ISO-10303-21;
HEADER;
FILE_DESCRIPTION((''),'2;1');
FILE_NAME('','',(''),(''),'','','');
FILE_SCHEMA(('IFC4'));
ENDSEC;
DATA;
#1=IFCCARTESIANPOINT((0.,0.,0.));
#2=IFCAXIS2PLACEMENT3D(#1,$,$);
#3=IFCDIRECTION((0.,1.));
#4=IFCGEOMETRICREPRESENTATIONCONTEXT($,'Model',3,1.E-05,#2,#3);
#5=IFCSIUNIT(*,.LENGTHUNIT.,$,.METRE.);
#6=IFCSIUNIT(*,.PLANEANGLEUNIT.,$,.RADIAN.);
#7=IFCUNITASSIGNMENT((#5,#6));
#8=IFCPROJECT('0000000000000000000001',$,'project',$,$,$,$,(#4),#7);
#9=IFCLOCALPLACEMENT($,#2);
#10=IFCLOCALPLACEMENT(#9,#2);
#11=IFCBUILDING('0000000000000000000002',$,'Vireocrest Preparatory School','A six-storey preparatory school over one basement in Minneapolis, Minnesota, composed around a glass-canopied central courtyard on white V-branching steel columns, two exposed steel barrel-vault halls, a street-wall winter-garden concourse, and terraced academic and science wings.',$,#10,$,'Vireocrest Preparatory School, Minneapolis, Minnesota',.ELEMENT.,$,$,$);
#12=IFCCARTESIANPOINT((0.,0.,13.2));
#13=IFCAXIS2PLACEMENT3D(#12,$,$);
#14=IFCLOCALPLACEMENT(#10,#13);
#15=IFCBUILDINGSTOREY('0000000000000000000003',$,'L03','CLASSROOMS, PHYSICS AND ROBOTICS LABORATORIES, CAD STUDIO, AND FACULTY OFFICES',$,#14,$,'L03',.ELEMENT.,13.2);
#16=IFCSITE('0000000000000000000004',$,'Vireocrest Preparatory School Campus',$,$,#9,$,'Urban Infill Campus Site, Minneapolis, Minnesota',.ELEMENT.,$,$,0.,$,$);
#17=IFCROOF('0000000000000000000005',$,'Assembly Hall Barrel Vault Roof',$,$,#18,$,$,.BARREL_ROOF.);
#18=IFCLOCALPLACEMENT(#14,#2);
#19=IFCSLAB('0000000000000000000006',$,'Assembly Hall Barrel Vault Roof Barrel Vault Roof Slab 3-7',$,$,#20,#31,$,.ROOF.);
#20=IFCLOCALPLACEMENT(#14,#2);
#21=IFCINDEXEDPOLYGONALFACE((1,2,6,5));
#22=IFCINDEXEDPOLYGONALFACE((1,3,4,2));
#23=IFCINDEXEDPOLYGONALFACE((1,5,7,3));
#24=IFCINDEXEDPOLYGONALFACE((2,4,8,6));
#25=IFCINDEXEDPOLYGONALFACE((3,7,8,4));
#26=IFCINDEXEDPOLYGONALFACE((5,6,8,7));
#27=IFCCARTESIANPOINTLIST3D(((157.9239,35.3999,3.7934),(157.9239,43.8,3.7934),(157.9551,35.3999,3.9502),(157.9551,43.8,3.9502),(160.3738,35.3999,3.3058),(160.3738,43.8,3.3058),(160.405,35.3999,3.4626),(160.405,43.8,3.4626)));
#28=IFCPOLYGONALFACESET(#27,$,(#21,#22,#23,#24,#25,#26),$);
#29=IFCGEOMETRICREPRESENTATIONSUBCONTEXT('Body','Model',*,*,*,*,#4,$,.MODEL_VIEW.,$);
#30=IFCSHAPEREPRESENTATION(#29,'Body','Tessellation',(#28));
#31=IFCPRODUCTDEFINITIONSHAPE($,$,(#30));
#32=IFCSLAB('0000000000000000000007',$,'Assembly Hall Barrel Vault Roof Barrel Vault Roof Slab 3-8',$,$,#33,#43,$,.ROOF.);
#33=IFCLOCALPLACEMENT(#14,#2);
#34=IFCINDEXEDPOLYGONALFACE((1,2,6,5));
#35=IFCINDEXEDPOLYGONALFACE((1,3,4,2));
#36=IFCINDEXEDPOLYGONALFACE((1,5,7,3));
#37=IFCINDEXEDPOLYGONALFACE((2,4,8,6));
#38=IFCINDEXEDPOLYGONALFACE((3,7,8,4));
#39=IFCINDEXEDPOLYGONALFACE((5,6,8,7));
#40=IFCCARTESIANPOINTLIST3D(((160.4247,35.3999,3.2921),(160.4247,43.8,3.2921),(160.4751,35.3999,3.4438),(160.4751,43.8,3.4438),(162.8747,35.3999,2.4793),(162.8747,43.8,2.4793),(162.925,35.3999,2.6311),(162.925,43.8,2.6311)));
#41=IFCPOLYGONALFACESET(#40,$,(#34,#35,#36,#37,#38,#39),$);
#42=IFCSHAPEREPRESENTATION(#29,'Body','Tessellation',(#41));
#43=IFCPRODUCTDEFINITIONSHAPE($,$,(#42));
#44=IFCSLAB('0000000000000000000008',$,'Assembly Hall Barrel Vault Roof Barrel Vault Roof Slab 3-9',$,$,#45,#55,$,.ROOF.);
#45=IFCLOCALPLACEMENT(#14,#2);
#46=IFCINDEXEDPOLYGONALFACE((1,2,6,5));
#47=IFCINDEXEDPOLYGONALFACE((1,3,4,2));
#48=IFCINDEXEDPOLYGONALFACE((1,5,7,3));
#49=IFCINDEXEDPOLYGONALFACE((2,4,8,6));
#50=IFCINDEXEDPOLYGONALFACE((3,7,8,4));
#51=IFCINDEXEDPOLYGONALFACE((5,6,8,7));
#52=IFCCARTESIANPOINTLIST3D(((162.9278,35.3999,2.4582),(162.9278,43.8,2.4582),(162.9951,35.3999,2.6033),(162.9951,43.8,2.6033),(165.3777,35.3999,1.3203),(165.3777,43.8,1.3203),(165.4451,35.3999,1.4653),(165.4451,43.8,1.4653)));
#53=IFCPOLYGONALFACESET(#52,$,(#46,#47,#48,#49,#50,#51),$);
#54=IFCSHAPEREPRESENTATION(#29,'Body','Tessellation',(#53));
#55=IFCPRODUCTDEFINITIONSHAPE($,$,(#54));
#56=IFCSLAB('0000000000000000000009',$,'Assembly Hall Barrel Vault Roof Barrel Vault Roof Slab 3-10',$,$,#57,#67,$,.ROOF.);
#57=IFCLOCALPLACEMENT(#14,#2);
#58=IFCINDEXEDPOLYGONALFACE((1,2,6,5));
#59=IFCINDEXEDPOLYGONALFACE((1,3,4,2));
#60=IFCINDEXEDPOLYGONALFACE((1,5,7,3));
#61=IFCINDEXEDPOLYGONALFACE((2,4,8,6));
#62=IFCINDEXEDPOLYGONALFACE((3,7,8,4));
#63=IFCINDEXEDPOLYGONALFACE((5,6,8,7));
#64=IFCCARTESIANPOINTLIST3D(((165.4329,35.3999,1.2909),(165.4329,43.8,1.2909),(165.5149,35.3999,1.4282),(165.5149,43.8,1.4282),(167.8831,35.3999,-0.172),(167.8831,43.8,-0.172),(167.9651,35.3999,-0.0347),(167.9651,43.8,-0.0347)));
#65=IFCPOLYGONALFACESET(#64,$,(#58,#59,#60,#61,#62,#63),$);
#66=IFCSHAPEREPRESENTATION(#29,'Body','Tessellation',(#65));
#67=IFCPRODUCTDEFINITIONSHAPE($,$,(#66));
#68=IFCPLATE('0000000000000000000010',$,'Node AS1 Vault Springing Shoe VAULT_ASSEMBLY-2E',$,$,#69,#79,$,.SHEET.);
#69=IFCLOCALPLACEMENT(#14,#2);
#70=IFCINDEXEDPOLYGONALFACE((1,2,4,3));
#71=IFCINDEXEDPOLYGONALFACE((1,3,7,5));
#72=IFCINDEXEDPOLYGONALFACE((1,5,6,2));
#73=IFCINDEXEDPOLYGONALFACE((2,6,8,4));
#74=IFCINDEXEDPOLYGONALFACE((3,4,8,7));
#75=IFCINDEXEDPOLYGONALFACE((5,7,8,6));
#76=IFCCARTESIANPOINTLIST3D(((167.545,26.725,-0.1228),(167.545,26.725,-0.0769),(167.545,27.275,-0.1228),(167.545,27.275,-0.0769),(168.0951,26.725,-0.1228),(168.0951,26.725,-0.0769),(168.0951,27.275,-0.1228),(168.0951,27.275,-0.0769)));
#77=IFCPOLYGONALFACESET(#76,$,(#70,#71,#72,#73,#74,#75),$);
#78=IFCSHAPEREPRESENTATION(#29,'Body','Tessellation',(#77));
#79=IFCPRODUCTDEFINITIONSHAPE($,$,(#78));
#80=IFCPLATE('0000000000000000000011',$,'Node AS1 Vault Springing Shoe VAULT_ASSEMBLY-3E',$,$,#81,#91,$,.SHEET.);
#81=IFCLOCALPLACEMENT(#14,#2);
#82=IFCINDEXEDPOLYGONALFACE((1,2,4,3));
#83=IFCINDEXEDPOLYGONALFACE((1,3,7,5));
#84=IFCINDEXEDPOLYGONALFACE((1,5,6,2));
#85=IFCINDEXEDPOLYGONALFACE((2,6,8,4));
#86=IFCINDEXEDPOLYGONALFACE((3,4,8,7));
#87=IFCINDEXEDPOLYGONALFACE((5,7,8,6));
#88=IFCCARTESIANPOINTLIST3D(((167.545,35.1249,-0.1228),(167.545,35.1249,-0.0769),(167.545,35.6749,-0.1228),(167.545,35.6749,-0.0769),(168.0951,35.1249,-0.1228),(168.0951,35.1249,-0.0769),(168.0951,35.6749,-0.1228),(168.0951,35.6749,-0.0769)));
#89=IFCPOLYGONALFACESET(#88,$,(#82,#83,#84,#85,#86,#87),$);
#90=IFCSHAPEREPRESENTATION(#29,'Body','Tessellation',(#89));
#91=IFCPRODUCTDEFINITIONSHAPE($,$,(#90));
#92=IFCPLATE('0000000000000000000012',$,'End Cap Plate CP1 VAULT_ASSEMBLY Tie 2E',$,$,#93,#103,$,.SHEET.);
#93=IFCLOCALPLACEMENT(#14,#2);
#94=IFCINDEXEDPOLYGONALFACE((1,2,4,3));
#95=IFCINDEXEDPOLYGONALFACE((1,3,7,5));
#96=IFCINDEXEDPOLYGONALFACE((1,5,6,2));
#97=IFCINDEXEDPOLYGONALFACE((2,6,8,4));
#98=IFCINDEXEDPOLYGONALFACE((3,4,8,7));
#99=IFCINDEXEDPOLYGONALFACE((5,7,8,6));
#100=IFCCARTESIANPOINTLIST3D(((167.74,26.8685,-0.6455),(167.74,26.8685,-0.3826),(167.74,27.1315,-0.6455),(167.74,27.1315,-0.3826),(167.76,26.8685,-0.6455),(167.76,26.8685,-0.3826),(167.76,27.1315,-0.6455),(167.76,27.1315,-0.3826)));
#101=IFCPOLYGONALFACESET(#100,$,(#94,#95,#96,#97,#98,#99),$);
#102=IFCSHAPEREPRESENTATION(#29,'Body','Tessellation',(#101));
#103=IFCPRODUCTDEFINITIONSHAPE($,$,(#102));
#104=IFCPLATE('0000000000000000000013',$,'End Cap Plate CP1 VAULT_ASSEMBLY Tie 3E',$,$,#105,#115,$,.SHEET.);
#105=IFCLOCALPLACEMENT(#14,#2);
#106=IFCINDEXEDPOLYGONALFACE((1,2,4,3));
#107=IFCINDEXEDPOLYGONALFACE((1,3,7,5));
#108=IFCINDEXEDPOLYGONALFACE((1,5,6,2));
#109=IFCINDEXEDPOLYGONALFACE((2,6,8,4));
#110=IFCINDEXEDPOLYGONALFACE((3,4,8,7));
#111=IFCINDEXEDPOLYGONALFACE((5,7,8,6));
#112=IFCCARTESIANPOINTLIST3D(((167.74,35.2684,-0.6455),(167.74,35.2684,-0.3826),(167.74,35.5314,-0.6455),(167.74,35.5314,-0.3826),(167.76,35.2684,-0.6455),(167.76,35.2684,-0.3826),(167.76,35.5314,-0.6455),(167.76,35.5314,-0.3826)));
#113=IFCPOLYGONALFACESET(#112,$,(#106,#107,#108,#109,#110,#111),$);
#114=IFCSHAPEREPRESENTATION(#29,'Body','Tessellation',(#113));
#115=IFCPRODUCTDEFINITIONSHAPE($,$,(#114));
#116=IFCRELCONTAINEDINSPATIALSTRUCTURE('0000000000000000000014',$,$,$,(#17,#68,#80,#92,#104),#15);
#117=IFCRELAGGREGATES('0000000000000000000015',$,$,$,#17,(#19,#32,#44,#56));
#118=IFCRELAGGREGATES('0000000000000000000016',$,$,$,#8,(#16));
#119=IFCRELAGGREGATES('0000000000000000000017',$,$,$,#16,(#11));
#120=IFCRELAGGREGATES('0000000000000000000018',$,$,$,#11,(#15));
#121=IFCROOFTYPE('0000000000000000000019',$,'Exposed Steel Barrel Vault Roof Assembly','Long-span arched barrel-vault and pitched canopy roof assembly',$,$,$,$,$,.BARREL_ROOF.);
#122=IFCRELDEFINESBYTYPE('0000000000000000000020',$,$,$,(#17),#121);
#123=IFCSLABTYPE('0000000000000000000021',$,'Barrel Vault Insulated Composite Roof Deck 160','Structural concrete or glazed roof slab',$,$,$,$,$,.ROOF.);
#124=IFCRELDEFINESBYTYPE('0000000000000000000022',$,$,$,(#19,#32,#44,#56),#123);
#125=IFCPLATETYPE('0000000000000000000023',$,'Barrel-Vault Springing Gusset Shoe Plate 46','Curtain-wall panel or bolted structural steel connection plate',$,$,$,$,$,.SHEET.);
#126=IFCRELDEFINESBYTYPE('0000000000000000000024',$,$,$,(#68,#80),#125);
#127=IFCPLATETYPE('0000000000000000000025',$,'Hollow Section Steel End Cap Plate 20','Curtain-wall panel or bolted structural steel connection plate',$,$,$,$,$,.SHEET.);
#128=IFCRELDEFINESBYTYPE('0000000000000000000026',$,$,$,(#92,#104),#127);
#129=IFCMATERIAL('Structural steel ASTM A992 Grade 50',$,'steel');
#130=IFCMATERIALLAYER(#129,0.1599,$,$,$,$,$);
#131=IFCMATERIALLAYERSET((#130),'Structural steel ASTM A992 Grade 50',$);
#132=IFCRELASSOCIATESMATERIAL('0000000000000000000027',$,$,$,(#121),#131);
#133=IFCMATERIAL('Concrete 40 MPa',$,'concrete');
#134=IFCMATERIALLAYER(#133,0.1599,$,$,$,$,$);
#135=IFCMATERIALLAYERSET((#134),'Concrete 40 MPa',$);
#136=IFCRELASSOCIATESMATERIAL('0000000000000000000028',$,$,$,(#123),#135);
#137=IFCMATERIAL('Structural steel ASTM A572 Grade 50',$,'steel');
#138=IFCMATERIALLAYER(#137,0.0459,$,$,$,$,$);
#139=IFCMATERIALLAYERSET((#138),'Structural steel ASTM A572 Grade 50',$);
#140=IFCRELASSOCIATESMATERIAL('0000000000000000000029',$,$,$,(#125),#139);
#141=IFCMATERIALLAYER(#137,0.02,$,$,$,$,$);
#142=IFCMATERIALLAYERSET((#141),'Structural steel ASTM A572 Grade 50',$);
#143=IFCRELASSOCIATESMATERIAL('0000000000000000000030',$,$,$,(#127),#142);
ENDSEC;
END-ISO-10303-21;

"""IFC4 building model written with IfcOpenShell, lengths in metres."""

from ifc_helpers import new_model, si_unit, direction, frame, origin, origin_2d, place, context, subcontext, project, spatial, polyline, rectangle, outline, extrude, material, layer, layer_set, type_object, element, aggregate, save


model = new_model("IFC4")

# Units and contexts
model_context = context("Model", 3, precision=1e-05, world=origin(), true_north=direction((0.0, 1.0)))
body_context = subcontext(model_context, "Body", "Model", "MODEL_VIEW")
ifc_project = project(units=[si_unit("LENGTHUNIT", "METRE"), si_unit("PLANEANGLEUNIT", "RADIAN")], contexts=[model_context])

# Site, building, storey
site_placement = place(None, origin())
site = spatial("IfcSite", under=ifc_project, at=site_placement, Name="Vireocrest Preparatory School Campus", LongName="Urban Infill Campus Site, Minneapolis, Minnesota", CompositionType="ELEMENT", RefElevation=0.0)
building_placement = place(site_placement, origin())
building = spatial("IfcBuilding", under=site, at=building_placement, Name="Vireocrest Preparatory School", Description="A six-storey preparatory school over one basement in Minneapolis, Minnesota, composed around a glass-canopied central courtyard on white V-branching steel columns, two exposed steel barrel-vault halls, a street-wall winter-garden concourse, and terraced academic and science wings.", LongName="Vireocrest Preparatory School, Minneapolis, Minnesota", CompositionType="ELEMENT")
storey_placement = place(building_placement, frame((0.0, 0.0, 13.2)))
storey = spatial("IfcBuildingStorey", under=building, at=storey_placement, Name="L03", Description="CLASSROOMS, PHYSICS AND ROBOTICS LABORATORIES, CAD STUDIO, AND FACULTY OFFICES", LongName="L03", CompositionType="ELEMENT", Elevation=13.2)

# Shared definitions
ifc_material_1 = material(Name="Structural steel ASTM A992 Grade 50", Category="steel")

# Shared definitions
ifc_material_2 = material(Name="Structural steel ASTM A572 Grade 50", Category="steel")

# Roof, slabs
ifc_layer_1 = layer(ifc_material_1, 0.1599)
ifc_layer_set_1 = layer_set([ifc_layer_1], Name="Structural steel ASTM A992 Grade 50")
roof_type = type_object("IfcRoofType", Name="Exposed Steel Barrel Vault Roof Assembly", Description="Long-span arched barrel-vault and pitched canopy roof assembly", PredefinedType="BARREL_ROOF", material=ifc_layer_set_1)
roof_placement = place(storey_placement, origin())
roof = element("IfcRoof", 1, at=roof_placement, inside=storey, type_object=roof_type, Name="Assembly Hall Barrel Vault Roof", PredefinedType="BARREL_ROOF")
ifc_material_3 = material(Name="Concrete 40 MPa", Category="concrete")
ifc_layer_2 = layer(ifc_material_3, 0.1599)
ifc_layer_set_2 = layer_set([ifc_layer_2], Name="Concrete 40 MPa")
slab_type = type_object("IfcSlabType", Name="Barrel Vault Insulated Composite Roof Deck 160", Description="Structural concrete or glazed roof slab", PredefinedType="ROOF", material=ifc_layer_set_2)
slab_1_placement = place(storey_placement, frame((157.9551, 35.3999, 3.9502), z_axis=(0.195176, 0.0, 0.980768), x_axis=(0.980768, 0.0, -0.195176)))
slab_1 = element("IfcSlab", 2, at=slab_1_placement, type_object=slab_type, Name="Assembly Hall Barrel Vault Roof Barrel Vault Roof Slab 3-7", PredefinedType="ROOF", context=body_context, shape_type="SweptSolid", body=[
    extrude(outline(polyline([(0.0, 0.0), (2.498, 0.0), (2.498, 8.4001), (0.0, 8.4001), (0.0, 0.0)])), origin(), (0.0, 0.0, -1.0), 0.1599),
])
slab_2_placement = place(storey_placement, frame((160.4751, 35.3999, 3.4438), z_axis=(0.314865, 0.0, 0.949136), x_axis=(0.949136, 0.0, -0.314865)))
slab_2 = element("IfcSlab", 3, at=slab_2_placement, type_object=slab_type, Name="Assembly Hall Barrel Vault Roof Barrel Vault Roof Slab 3-8", PredefinedType="ROOF", context=body_context, shape_type="SweptSolid", body=[
    extrude(outline(polyline([(0.0, 0.0), (2.5812, 0.0), (2.5812, 8.4001), (0.0, 8.4001), (0.0, 0.0)])), origin(), (0.0, 0.0, -1.0), 0.1599),
])
slab_3_placement = place(storey_placement, frame((162.9951, 35.3999, 2.6033), z_axis=(0.421252, 0.0, 0.906944), x_axis=(0.906944, 0.0, -0.421252)))
slab_3 = element("IfcSlab", 4, at=slab_3_placement, type_object=slab_type, Name="Assembly Hall Barrel Vault Roof Barrel Vault Roof Slab 3-9", PredefinedType="ROOF", context=body_context, shape_type="SweptSolid", body=[
    extrude(outline(polyline([(0.0, 0.0), (2.7013, 0.0), (2.7013, 8.4001), (0.0, 8.4001), (0.0, 0.0)])), origin(), (0.0, 0.0, -1.0), 0.1599),
])
slab_4_placement = place(storey_placement, frame((165.5149, 35.3999, 1.4282), z_axis=(0.512633, 0.0, 0.858608), x_axis=(0.858608, 0.0, -0.512633)))
slab_4 = element("IfcSlab", 5, at=slab_4_placement, type_object=slab_type, Name="Assembly Hall Barrel Vault Roof Barrel Vault Roof Slab 3-10", PredefinedType="ROOF", context=body_context, shape_type="SweptSolid", body=[
    extrude(outline(polyline([(0.0, 0.0), (2.8537, 0.0), (2.8537, 8.4001), (0.0, 8.4001), (0.0, 0.0)])), origin(), (0.0, 0.0, -1.0), 0.1599),
])
aggregate(roof, [slab_1, slab_2, slab_3, slab_4])

# Plates
ifc_layer_3 = layer(ifc_material_2, 0.0459)
ifc_layer_set_3 = layer_set([ifc_layer_3], Name="Structural steel ASTM A572 Grade 50")
plate_type_1 = type_object("IfcPlateType", Name="Barrel-Vault Springing Gusset Shoe Plate 46", Description="Curtain-wall panel or bolted structural steel connection plate", PredefinedType="SHEET", material=ifc_layer_set_3)
for number, where, z_axis, x_axis, name in (
    (6, (167.8201, 27.0, -0.1228), (0.0, 0.0, 1.0), (1.0, 0.0, 0.0), "Node AS1 Vault Springing Shoe VAULT_ASSEMBLY-2E"),
    (7, (167.8201, 35.3999, -0.1228), (0.0, 0.0, 1.0), (1.0, 0.0, 0.0), "Node AS1 Vault Springing Shoe VAULT_ASSEMBLY-3E"),
):
    element("IfcPlate", number, at=place(storey_placement, frame(where, z_axis=z_axis, x_axis=x_axis)), inside=storey, type_object=plate_type_1, Name=name, PredefinedType="SHEET", context=body_context, shape_type="SweptSolid", body=[
        extrude(rectangle(XDim=0.55, YDim=0.55, at=origin_2d()), origin(), (0.0, 0.0, 1.0), 0.0459),
    ])
ifc_layer_4 = layer(ifc_material_2, 0.02)
ifc_layer_set_4 = layer_set([ifc_layer_4], Name="Structural steel ASTM A572 Grade 50")
plate_type_2 = type_object("IfcPlateType", Name="Hollow Section Steel End Cap Plate 20", Description="Curtain-wall panel or bolted structural steel connection plate", PredefinedType="SHEET", material=ifc_layer_set_4)
for number, where, z_axis, x_axis, name in (
    (8, (167.75, 27.0, -0.6455), (0.0, 0.0, 1.0), (1.0, 0.0, 0.0), "End Cap Plate CP1 VAULT_ASSEMBLY Tie 2E"),
    (9, (167.75, 35.3999, -0.6455), (0.0, 0.0, 1.0), (1.0, 0.0, 0.0), "End Cap Plate CP1 VAULT_ASSEMBLY Tie 3E"),
):
    element("IfcPlate", number, at=place(storey_placement, frame(where, z_axis=z_axis, x_axis=x_axis)), inside=storey, type_object=plate_type_2, Name=name, PredefinedType="SHEET", context=body_context, shape_type="SweptSolid", body=[
        extrude(rectangle(XDim=0.02, YDim=0.2629, at=origin_2d()), origin(), (0.0, 0.0, 1.0), 0.2629),
    ])

save(model, "model.ifc")
